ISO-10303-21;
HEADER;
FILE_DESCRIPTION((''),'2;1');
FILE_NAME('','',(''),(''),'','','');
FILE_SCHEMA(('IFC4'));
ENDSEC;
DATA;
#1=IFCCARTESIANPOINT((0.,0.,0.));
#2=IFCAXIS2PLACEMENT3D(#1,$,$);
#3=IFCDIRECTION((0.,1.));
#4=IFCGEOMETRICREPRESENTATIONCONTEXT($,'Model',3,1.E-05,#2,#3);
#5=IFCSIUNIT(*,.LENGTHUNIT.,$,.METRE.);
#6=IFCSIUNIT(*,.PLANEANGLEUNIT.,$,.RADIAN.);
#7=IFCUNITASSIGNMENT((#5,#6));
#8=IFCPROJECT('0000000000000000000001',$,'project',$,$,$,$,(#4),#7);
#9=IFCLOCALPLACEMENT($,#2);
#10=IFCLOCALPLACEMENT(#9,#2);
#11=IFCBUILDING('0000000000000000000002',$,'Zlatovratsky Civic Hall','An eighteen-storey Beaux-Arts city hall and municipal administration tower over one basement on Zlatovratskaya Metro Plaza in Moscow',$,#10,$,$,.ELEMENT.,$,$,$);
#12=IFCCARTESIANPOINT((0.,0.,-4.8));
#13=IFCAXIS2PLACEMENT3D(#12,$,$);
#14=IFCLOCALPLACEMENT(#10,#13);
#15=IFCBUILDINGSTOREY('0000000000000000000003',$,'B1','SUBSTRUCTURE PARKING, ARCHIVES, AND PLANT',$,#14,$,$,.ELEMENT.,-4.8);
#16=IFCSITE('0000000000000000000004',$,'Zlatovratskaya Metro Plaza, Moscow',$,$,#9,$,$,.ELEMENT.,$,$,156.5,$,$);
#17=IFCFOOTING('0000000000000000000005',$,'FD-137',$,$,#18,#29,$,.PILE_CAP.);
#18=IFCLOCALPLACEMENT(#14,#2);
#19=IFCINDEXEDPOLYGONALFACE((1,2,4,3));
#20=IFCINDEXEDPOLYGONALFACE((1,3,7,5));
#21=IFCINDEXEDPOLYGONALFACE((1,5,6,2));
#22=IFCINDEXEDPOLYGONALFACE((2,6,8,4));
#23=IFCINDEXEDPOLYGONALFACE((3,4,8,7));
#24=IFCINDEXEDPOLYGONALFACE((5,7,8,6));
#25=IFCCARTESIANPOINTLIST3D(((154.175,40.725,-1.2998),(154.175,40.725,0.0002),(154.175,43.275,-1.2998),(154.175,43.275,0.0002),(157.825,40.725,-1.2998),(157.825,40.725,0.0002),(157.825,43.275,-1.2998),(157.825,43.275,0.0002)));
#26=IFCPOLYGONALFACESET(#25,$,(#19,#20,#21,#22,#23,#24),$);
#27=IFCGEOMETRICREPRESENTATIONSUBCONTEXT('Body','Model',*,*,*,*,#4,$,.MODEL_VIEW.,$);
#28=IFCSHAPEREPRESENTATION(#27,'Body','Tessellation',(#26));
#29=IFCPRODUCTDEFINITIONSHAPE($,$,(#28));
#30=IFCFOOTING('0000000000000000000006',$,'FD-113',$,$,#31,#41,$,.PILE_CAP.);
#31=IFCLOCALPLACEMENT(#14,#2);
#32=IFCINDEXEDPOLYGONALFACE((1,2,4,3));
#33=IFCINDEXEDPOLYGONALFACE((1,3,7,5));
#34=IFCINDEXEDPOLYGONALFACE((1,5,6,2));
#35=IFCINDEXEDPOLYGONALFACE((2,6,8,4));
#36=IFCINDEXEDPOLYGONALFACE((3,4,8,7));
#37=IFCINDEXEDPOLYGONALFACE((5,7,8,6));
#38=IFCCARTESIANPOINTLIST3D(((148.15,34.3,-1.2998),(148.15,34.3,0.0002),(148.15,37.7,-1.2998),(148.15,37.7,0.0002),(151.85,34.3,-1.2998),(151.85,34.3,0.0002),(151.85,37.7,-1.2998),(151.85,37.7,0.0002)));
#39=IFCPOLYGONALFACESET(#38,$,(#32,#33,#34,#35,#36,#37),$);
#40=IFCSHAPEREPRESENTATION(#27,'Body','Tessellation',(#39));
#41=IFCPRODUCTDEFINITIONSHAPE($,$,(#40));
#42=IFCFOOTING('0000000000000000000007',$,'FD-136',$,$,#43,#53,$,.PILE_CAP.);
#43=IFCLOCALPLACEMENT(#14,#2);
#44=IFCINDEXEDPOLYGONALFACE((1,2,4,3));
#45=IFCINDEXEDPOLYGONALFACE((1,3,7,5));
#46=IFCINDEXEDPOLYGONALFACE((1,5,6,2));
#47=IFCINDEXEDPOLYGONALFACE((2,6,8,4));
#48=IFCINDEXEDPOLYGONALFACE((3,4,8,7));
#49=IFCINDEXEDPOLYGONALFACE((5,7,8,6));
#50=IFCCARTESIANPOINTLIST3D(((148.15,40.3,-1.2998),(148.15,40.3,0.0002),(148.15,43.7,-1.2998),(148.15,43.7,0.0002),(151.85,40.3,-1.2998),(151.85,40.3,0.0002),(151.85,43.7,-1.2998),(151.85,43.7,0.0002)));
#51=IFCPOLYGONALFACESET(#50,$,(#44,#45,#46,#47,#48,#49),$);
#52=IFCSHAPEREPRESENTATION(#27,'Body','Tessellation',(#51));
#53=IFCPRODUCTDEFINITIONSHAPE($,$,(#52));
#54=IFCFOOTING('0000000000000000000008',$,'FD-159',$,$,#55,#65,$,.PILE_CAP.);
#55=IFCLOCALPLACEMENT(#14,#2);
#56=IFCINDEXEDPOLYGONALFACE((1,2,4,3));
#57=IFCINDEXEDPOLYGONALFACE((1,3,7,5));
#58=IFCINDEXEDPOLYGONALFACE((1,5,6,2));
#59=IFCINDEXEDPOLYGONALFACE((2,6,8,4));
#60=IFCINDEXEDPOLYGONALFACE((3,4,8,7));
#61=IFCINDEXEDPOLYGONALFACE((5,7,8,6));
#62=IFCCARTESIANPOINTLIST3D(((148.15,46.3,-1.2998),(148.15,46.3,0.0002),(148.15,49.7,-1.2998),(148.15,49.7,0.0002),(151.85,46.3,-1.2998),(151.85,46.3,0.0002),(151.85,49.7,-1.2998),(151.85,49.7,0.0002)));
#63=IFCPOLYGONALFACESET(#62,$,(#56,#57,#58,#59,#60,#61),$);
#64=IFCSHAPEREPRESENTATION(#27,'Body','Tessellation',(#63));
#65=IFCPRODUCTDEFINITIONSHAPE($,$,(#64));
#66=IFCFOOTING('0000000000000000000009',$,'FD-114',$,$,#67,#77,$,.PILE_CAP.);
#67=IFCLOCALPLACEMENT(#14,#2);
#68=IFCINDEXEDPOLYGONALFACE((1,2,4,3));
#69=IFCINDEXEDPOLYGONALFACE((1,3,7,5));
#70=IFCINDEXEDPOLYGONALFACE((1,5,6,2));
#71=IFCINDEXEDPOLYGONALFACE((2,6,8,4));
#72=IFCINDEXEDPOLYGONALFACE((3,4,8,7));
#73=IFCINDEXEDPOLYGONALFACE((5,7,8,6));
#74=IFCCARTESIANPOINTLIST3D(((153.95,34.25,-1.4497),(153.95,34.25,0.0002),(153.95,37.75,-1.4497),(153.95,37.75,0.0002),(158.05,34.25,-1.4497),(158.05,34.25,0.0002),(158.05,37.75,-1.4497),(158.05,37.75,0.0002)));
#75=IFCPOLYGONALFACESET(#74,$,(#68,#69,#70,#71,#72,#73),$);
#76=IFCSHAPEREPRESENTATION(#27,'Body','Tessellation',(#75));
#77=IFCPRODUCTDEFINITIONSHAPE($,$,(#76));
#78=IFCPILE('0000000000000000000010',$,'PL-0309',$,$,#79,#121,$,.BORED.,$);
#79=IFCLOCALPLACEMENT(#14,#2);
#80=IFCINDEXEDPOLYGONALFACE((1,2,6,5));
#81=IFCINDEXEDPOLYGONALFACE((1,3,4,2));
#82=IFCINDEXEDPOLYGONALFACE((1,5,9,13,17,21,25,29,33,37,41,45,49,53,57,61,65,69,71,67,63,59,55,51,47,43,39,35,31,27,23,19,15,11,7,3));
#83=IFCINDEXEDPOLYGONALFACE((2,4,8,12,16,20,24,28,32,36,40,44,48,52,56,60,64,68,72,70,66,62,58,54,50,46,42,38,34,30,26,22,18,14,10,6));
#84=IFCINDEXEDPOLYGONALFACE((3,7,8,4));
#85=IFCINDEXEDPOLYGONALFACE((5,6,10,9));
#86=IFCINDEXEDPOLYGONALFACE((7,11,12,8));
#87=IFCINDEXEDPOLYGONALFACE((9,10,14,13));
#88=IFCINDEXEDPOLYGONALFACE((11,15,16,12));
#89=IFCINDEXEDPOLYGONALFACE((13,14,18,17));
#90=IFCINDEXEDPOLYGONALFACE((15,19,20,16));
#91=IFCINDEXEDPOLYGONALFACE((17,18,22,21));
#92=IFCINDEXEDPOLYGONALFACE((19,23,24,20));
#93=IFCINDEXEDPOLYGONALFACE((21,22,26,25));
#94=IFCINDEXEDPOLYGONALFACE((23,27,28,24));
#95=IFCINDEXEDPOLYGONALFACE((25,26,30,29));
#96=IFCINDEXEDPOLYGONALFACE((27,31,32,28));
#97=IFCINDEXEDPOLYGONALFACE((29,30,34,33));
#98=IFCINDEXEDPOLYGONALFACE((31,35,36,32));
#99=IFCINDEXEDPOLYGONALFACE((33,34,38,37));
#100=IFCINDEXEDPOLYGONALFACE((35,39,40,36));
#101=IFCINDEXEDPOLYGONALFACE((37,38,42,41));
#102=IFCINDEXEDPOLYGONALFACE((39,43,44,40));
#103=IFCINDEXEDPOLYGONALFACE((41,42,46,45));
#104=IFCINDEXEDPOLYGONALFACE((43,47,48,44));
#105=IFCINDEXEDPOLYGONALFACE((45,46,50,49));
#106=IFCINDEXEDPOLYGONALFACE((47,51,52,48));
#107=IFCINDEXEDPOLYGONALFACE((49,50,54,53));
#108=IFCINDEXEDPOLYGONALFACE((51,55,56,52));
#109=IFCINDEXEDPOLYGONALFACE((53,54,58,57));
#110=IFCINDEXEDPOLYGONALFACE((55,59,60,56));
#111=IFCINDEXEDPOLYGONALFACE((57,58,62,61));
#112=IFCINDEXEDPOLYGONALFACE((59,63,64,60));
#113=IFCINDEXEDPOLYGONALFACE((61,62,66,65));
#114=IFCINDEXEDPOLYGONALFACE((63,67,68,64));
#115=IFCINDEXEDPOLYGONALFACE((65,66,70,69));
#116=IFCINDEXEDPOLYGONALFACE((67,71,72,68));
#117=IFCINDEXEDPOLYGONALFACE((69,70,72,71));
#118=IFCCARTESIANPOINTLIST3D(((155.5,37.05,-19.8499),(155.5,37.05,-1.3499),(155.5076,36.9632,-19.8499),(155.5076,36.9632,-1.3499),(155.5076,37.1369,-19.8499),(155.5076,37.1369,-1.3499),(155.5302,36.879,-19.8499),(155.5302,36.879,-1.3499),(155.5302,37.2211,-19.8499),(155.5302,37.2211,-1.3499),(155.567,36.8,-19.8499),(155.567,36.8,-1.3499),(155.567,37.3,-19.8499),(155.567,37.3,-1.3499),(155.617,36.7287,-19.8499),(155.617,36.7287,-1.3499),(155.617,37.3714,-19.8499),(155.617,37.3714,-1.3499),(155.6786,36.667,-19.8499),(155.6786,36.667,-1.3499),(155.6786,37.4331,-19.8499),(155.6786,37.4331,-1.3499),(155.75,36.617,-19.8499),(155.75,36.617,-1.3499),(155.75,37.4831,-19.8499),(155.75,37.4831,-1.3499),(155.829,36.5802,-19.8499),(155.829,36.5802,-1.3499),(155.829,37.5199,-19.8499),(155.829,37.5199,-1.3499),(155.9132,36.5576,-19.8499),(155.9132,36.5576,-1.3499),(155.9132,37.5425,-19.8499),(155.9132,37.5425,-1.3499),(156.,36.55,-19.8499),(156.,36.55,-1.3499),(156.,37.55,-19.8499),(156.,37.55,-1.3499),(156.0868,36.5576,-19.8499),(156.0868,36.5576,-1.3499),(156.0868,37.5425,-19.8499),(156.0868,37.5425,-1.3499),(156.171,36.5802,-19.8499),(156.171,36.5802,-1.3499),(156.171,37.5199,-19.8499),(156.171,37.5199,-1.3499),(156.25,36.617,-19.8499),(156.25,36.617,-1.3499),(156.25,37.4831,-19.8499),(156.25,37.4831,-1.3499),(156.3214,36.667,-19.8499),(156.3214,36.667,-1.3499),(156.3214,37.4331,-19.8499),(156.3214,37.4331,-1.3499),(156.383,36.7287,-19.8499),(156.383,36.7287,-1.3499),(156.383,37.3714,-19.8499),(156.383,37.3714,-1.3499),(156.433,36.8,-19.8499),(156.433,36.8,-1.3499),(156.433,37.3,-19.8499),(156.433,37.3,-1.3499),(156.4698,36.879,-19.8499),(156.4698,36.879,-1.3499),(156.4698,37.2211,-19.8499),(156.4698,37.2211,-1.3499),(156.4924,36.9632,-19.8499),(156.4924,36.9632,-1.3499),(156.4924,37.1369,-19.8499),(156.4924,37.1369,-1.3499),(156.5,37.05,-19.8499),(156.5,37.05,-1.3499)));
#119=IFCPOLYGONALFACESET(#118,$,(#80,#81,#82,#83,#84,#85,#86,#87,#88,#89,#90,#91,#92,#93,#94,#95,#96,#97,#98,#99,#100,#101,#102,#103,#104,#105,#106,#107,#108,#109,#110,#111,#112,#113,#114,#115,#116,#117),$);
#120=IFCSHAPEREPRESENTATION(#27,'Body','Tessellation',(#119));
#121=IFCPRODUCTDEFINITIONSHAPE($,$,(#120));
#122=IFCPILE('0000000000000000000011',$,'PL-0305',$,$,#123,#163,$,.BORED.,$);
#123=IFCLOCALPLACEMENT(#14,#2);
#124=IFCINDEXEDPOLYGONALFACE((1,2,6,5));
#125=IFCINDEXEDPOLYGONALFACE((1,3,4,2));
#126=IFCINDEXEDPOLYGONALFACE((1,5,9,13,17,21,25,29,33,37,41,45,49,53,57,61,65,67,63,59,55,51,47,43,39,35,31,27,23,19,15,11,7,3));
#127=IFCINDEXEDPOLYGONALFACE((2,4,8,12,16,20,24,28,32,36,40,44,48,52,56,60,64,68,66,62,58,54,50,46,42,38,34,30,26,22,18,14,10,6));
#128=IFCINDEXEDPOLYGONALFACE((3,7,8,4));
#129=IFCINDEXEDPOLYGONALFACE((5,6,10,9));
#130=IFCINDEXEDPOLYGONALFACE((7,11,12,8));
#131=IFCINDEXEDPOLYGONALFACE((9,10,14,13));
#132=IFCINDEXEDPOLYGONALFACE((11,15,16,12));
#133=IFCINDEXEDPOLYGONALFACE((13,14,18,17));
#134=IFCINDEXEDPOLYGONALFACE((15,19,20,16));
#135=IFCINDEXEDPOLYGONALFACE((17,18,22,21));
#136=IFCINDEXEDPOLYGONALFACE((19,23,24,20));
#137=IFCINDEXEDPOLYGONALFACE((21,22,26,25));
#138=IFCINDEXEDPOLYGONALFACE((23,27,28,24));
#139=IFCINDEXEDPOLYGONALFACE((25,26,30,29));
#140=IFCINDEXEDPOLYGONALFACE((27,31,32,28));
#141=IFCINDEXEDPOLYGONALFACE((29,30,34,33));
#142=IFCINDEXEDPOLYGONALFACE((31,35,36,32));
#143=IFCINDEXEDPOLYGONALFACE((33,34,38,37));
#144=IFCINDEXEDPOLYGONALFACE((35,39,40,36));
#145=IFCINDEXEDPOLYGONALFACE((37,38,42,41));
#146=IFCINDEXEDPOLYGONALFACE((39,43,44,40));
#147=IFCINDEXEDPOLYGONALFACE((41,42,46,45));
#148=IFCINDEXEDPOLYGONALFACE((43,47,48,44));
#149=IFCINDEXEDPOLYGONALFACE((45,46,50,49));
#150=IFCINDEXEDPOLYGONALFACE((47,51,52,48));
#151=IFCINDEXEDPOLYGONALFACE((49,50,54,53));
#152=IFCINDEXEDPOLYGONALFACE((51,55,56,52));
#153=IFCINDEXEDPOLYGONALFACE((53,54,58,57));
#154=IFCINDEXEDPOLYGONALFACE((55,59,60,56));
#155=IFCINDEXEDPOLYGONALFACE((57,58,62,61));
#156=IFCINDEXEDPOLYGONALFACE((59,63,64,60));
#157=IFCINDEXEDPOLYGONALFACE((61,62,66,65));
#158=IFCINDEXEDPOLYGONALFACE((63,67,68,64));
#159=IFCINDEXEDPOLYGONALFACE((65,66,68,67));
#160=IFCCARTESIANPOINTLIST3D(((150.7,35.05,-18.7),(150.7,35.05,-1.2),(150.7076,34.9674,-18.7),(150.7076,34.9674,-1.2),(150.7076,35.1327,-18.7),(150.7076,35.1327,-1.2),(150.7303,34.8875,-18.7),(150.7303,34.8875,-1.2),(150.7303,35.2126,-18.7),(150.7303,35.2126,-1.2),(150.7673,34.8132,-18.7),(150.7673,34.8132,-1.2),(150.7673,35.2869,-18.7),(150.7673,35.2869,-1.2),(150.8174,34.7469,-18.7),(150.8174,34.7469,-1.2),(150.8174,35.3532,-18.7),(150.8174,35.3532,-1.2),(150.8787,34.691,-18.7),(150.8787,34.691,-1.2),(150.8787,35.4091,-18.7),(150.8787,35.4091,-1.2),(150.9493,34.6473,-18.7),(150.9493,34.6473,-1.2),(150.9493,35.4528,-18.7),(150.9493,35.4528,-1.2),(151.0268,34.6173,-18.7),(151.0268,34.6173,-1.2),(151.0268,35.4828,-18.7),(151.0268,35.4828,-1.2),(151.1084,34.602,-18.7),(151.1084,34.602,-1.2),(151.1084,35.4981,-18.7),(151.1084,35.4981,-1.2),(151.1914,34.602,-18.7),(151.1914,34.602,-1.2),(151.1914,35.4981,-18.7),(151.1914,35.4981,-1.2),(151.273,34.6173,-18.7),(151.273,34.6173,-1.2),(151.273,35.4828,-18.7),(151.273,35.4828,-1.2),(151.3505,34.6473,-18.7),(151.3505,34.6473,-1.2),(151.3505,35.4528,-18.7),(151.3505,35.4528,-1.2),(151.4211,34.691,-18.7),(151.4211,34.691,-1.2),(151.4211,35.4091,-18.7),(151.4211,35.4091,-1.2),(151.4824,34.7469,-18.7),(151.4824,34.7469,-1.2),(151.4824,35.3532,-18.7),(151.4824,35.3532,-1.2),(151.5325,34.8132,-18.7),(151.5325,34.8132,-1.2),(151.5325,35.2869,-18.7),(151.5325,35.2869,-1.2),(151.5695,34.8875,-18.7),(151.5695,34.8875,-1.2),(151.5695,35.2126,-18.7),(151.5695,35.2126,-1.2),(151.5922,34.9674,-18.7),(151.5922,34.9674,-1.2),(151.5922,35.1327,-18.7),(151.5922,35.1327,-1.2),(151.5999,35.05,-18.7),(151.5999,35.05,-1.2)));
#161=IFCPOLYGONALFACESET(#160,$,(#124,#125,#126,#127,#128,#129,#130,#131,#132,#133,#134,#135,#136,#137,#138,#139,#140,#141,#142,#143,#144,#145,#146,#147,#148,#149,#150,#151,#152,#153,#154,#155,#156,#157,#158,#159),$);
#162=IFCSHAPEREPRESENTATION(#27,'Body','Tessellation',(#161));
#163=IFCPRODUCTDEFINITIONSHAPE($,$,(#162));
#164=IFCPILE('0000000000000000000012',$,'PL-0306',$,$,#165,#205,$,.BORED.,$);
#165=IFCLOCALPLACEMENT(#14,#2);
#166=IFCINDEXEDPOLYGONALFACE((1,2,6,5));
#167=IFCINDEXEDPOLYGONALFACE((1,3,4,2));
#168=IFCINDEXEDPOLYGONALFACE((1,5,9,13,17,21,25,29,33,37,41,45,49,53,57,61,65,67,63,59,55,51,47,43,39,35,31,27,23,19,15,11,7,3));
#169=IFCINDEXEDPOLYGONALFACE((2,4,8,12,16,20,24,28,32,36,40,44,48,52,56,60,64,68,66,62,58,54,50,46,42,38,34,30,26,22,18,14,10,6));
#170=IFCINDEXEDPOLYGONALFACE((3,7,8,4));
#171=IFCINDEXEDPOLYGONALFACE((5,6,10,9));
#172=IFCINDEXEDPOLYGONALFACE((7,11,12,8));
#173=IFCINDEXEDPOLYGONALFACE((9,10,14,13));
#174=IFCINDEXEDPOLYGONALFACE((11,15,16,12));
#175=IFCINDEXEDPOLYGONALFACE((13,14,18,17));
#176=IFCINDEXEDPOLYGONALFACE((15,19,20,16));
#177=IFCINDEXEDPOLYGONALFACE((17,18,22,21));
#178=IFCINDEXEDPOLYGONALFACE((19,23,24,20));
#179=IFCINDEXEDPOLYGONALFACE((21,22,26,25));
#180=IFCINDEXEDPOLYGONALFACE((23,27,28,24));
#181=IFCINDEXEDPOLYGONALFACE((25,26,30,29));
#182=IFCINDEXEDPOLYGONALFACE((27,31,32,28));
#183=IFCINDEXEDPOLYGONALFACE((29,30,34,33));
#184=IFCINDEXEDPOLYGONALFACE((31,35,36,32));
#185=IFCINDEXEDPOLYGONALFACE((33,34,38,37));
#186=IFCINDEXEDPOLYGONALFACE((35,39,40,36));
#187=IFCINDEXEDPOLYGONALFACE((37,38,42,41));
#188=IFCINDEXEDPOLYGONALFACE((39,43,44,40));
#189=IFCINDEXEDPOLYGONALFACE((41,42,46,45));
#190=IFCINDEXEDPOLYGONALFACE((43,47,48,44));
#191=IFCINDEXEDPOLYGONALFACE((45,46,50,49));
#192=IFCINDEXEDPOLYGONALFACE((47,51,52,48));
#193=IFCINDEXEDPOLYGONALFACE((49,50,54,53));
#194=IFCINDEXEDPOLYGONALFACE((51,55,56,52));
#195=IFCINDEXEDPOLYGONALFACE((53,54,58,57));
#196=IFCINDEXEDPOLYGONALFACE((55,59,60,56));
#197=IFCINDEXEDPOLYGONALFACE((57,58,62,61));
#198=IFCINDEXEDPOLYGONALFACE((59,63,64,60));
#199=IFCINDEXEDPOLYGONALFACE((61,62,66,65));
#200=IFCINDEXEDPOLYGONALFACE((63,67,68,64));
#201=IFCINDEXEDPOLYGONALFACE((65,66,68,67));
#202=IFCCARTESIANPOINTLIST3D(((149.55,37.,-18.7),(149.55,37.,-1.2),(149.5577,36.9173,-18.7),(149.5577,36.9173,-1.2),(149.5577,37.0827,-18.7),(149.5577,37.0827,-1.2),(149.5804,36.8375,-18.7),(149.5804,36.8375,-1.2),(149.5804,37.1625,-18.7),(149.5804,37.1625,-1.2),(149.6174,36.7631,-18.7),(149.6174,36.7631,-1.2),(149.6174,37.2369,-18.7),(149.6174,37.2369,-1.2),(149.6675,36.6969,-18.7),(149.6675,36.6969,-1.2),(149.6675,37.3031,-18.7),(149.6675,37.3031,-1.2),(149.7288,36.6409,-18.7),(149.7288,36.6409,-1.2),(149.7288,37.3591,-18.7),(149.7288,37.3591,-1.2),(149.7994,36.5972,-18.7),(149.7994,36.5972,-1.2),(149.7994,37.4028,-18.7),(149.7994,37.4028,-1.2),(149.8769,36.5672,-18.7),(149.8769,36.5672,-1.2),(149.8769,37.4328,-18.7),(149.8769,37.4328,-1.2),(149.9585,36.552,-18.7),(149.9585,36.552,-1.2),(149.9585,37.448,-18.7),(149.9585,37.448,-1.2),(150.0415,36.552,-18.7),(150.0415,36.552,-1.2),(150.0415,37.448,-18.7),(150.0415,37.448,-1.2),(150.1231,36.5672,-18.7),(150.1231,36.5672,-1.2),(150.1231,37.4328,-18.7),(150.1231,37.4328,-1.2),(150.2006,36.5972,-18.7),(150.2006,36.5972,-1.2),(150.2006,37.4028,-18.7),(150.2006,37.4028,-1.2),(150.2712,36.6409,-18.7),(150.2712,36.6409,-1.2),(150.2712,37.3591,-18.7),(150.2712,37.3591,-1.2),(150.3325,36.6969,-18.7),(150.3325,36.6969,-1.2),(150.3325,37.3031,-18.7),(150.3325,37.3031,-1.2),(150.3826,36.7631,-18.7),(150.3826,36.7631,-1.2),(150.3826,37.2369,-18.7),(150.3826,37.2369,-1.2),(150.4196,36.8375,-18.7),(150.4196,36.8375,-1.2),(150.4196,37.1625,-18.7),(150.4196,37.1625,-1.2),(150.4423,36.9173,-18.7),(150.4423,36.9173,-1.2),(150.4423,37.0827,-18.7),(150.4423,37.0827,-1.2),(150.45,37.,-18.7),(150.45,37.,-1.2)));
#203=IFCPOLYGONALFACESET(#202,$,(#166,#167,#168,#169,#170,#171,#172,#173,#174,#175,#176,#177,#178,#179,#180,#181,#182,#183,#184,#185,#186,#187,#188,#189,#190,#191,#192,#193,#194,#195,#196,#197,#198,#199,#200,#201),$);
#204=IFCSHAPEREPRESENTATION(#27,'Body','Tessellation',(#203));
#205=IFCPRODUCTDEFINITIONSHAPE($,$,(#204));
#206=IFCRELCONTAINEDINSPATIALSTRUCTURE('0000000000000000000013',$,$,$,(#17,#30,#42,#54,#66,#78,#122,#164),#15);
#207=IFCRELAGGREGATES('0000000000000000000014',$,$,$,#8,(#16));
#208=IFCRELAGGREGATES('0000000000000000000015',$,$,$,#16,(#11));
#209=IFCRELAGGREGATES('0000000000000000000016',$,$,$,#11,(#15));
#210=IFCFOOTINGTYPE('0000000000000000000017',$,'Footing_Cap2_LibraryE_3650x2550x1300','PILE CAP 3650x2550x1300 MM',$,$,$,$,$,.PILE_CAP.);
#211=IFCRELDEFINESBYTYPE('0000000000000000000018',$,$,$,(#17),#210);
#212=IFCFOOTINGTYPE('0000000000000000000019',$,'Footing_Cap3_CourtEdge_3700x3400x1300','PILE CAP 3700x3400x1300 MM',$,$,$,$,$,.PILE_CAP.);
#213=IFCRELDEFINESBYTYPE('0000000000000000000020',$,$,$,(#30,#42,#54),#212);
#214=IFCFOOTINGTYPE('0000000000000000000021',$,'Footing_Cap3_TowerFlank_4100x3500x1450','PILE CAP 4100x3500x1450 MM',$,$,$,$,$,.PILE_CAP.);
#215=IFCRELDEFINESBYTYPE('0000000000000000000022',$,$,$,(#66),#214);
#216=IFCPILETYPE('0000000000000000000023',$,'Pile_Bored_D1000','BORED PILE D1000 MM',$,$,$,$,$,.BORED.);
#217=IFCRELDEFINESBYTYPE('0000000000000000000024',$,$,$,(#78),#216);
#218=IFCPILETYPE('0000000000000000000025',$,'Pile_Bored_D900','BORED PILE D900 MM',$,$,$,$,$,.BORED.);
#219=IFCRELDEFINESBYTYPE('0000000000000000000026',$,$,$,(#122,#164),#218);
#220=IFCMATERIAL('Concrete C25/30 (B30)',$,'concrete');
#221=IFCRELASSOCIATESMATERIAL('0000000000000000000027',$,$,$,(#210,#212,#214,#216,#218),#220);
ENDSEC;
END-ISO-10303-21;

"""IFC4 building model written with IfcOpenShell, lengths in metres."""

from ifc_helpers import new_model, si_unit, direction, frame, origin, origin_2d, place, context, subcontext, project, spatial, rectangle, circle, extrude, material, material_profile, profile_set, type_object, element, save


model = new_model("IFC4")

# Units and contexts
model_context = context("Model", 3, precision=1e-05, world=origin(), true_north=direction((0.0, 1.0)))
body_context = subcontext(model_context, "Body", "Model", "MODEL_VIEW")
ifc_project = project(units=[si_unit("LENGTHUNIT", "METRE"), si_unit("PLANEANGLEUNIT", "RADIAN")], contexts=[model_context])

# Site, building, storey
site_placement = place(None, origin())
site = spatial("IfcSite", under=ifc_project, at=site_placement, Name="Zlatovratskaya Metro Plaza, Moscow", CompositionType="ELEMENT", RefElevation=156.5)
building_placement = place(site_placement, origin())
building = spatial("IfcBuilding", under=site, at=building_placement, Name="Zlatovratsky Civic Hall", Description="An eighteen-storey Beaux-Arts city hall and municipal administration tower over one basement on Zlatovratskaya Metro Plaza in Moscow", CompositionType="ELEMENT")
storey_placement = place(building_placement, frame((0.0, 0.0, -4.8)))
storey = spatial("IfcBuildingStorey", under=building, at=storey_placement, Name="B1", Description="SUBSTRUCTURE PARKING, ARCHIVES, AND PLANT", CompositionType="ELEMENT", Elevation=-4.8)

# Footings
ifc_material_1 = material(Name="Concrete C25/30 (B30)", Category="concrete")
footing_type_1 = type_object("IfcFootingType", Name="Footing_Cap2_LibraryE_3650x2550x1300", Description="PILE CAP 3650x2550x1300 MM", PredefinedType="PILE_CAP", material=ifc_material_1)
footing_1_placement = place(storey_placement, frame((156.0, 42.0, -1.2998), z_axis=(0.0, 0.0, 1.0), x_axis=(1.0, 0.0, 0.0)))
element("IfcFooting", 1, at=footing_1_placement, inside=storey, type_object=footing_type_1, Name="FD-137", PredefinedType="PILE_CAP", context=body_context, shape_type="SweptSolid", body=[
    extrude(rectangle(XDim=3.6499, YDim=2.55, at=origin_2d()), origin(), (0.0, 0.0, 1.0), 1.3),
])
footing_type_2 = type_object("IfcFootingType", Name="Footing_Cap3_CourtEdge_3700x3400x1300", Description="PILE CAP 3700x3400x1300 MM", PredefinedType="PILE_CAP", material=ifc_material_1)
for number, where, z_axis, x_axis, name in (
    (2, (150.0, 36.0, -1.2998), (0.0, 0.0, 1.0), (1.0, 0.0, 0.0), "FD-113"),
    (3, (150.0, 42.0, -1.2998), (0.0, 0.0, 1.0), (1.0, 0.0, 0.0), "FD-136"),
    (4, (150.0, 48.0, -1.2998), (0.0, 0.0, 1.0), (1.0, 0.0, 0.0), "FD-159"),
):
    element("IfcFooting", number, at=place(storey_placement, frame(where, z_axis=z_axis, x_axis=x_axis)), inside=storey, type_object=footing_type_2, Name=name, PredefinedType="PILE_CAP", context=body_context, shape_type="SweptSolid", body=[
        extrude(rectangle(XDim=3.7, YDim=3.3999, at=origin_2d()), origin(), (0.0, 0.0, 1.0), 1.3),
    ])
footing_type_3 = type_object("IfcFootingType", Name="Footing_Cap3_TowerFlank_4100x3500x1450", Description="PILE CAP 4100x3500x1450 MM", PredefinedType="PILE_CAP", material=ifc_material_1)
footing_2_placement = place(storey_placement, frame((156.0, 36.0, -1.4497), z_axis=(0.0, 0.0, 1.0), x_axis=(1.0, 0.0, 0.0)))
element("IfcFooting", 5, at=footing_2_placement, inside=storey, type_object=footing_type_3, Name="FD-114", PredefinedType="PILE_CAP", context=body_context, shape_type="SweptSolid", body=[
    extrude(rectangle(XDim=4.1001, YDim=3.5, at=origin_2d()), origin(), (0.0, 0.0, 1.0), 1.45),
])

# Piles
ifc_material_profile_1 = material_profile(ifc_material_1, circle(Radius=0.5, at=origin_2d()), Name="PILE D1000")
ifc_profile_set_1 = profile_set([ifc_material_profile_1], Name="Concrete C25/30 (B30)")
pile_type_1 = type_object("IfcPileType", Name="Pile_Bored_D1000", Description="BORED PILE D1000 MM", PredefinedType="BORED", material=ifc_profile_set_1)
pile_placement = place(storey_placement, frame((156.0, 37.05, -1.3499), z_axis=(0.0, 0.0, -1.0), x_axis=(1.0, 0.0, 0.0)))
element("IfcPile", 6, at=pile_placement, inside=storey, type_object=pile_type_1, Name="PL-0309", PredefinedType="BORED", context=body_context, shape_type="SweptSolid", body=[
    extrude(circle(Radius=0.5, at=origin_2d()), origin(), (0.0, 0.0, 1.0), 18.5),
])
ifc_material_profile_2 = material_profile(ifc_material_1, circle(Radius=0.45, at=origin_2d()), Name="PILE D900")
ifc_profile_set_2 = profile_set([ifc_material_profile_2], Name="Concrete C25/30 (B30)")
pile_type_2 = type_object("IfcPileType", Name="Pile_Bored_D900", Description="BORED PILE D900 MM", PredefinedType="BORED", material=ifc_profile_set_2)
for number, where, z_axis, x_axis, name in (
    (7, (151.1499, 35.05, -1.2), (0.0, 0.0, -1.0), (1.0, 0.0, 0.0), "PL-0305"),
    (8, (150.0, 37.0, -1.2), (0.0, 0.0, -1.0), (1.0, 0.0, 0.0), "PL-0306"),
):
    element("IfcPile", number, at=place(storey_placement, frame(where, z_axis=z_axis, x_axis=x_axis)), inside=storey, type_object=pile_type_2, Name=name, PredefinedType="BORED", context=body_context, shape_type="SweptSolid", body=[
        extrude(circle(Radius=0.45, at=origin_2d()), origin(), (0.0, 0.0, 1.0), 17.5),
    ])

save(model, "model.ifc")
